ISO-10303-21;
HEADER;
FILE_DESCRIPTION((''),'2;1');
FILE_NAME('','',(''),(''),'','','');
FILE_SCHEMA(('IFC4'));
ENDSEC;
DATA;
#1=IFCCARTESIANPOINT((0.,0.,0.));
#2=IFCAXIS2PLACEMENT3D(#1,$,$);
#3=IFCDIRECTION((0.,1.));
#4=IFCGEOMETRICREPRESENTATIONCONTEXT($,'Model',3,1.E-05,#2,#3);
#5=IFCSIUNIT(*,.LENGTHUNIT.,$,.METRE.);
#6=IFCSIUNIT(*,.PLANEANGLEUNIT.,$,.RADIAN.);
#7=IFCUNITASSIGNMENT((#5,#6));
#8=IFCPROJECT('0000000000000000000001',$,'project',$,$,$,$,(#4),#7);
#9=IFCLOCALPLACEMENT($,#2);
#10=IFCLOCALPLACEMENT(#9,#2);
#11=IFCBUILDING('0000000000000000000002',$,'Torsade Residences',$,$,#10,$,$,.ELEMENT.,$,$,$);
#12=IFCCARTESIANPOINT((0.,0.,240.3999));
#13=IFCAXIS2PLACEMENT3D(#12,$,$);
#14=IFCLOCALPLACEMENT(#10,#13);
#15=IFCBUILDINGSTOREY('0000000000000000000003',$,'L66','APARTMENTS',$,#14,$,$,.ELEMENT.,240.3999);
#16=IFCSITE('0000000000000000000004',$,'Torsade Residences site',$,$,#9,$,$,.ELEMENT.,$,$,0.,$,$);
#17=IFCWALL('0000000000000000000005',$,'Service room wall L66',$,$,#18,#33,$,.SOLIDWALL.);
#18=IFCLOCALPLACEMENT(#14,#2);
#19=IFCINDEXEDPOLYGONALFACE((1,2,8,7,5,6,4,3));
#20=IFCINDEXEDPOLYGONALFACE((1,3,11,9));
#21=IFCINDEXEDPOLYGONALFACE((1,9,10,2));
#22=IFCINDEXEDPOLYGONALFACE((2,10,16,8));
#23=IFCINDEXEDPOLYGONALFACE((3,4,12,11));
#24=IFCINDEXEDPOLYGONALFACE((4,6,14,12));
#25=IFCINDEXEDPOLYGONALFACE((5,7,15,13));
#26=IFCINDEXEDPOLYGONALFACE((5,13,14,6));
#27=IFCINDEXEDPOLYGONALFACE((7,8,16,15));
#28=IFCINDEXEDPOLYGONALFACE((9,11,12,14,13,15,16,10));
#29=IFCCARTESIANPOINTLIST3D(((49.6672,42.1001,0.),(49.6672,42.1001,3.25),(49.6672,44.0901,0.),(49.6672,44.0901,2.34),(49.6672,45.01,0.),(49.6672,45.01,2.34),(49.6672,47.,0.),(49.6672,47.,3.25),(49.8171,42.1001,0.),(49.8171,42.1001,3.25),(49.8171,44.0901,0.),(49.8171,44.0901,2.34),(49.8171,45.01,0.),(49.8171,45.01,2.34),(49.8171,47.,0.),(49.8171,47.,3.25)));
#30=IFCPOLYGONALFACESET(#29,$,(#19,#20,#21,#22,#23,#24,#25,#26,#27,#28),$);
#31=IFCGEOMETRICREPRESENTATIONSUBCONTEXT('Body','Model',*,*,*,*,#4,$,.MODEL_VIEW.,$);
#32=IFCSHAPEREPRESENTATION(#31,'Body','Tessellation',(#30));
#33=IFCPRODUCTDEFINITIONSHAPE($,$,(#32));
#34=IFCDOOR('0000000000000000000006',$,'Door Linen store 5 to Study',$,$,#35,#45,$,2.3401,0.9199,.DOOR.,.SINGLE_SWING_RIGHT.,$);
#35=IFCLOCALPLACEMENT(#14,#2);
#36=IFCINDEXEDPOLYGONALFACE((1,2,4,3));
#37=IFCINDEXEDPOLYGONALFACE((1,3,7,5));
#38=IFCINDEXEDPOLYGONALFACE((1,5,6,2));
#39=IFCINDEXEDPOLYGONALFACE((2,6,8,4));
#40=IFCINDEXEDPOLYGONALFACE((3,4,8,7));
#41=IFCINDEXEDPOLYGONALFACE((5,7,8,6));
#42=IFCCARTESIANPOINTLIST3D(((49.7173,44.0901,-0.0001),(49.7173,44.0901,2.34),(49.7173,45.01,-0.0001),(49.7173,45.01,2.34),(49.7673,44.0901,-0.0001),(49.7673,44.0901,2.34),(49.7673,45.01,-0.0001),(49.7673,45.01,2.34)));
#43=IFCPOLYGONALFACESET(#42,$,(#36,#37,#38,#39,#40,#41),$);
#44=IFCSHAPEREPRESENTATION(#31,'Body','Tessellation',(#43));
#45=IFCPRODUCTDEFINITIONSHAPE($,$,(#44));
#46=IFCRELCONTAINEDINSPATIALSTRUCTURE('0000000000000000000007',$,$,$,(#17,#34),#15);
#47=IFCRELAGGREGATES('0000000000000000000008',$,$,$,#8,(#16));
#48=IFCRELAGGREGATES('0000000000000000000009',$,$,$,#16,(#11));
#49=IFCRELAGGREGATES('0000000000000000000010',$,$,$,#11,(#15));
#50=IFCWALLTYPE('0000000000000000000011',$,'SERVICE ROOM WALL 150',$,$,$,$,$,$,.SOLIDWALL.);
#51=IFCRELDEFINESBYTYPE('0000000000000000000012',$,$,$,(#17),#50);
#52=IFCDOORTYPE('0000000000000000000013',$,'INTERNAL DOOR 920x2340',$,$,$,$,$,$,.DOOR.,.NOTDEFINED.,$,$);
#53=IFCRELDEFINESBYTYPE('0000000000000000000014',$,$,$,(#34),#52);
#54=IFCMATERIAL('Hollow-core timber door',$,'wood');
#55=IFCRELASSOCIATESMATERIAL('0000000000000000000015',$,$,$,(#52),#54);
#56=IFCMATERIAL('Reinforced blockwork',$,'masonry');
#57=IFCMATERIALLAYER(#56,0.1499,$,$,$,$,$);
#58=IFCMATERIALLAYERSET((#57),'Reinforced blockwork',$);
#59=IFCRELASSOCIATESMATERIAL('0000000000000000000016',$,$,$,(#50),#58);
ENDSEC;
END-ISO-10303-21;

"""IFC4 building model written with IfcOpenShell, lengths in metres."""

from ifc_helpers import new_model, si_unit, direction, frame, frame_2d, origin, place, context, subcontext, project, spatial, rectangle, extrude, material, layer, layer_set, type_object, element, fill, save


model = new_model("IFC4")

# Units and contexts
model_context = context("Model", 3, precision=1e-05, world=origin(), true_north=direction((0.0, 1.0)))
body_context = subcontext(model_context, "Body", "Model", "MODEL_VIEW")
ifc_project = project(units=[si_unit("LENGTHUNIT", "METRE"), si_unit("PLANEANGLEUNIT", "RADIAN")], contexts=[model_context])

# Site, building, storey
site_placement = place(None, origin())
site = spatial("IfcSite", under=ifc_project, at=site_placement, Name="Torsade Residences site", CompositionType="ELEMENT", RefElevation=0.0)
building_placement = place(site_placement, origin())
building = spatial("IfcBuilding", under=site, at=building_placement, Name="Torsade Residences", CompositionType="ELEMENT")
storey_placement = place(building_placement, frame((0.0, 0.0, 240.3999)))
storey = spatial("IfcBuildingStorey", under=building, at=storey_placement, Name="L66", Description="APARTMENTS", CompositionType="ELEMENT", Elevation=240.3999)

# Shared definitions
ifc_material_1 = material(Name="Hollow-core timber door", Category="wood")
door_type = type_object("IfcDoorType", Name="INTERNAL DOOR 920x2340", OperationType="NOTDEFINED", PredefinedType="DOOR", material=ifc_material_1)

# Wall, opening, door
ifc_material_2 = material(Name="Reinforced blockwork", Category="masonry")
ifc_layer_1 = layer(ifc_material_2, 0.1499)
ifc_layer_set_1 = layer_set([ifc_layer_1], Name="Reinforced blockwork")
wall_type_1 = type_object("IfcWallType", Name="SERVICE ROOM WALL 150", PredefinedType="SOLIDWALL", material=ifc_layer_set_1)
wall_1_placement = place(storey_placement, frame((49.7422, 42.1001, 0.0), z_axis=(0.0, 0.0, 1.0), x_axis=(0.0, 1.0, 0.0)))
wall_1 = element("IfcWall", 1, at=wall_1_placement, inside=storey, type_object=wall_type_1, Name="Service room wall L66", PredefinedType="SOLIDWALL", context=body_context, shape_type="SweptSolid", body=[
    extrude(rectangle(XDim=4.8999, YDim=0.1499, at=frame_2d((2.45, 0.0))), origin(), (0.0, 0.0, 1.0), 3.25),
])
opening_1_placement = place(wall_1_placement, frame((1.99, 0.0, 0.0)))
opening_1 = element("IfcOpeningElement", 2, at=opening_1_placement, cuts=wall_1, PredefinedType="OPENING", context=body_context, shape_type="SweptSolid", body=[
    extrude(rectangle(XDim=0.9199, YDim=2.3401, at=frame_2d((0.46, 1.1699))), frame((0.0, 0.085, 0.0), z_axis=(0.0, -1.0, 0.0), x_axis=(1.0, 0.0, 0.0)), (0.0, 0.0, 1.0), 0.1699),
])
door_1_placement = place(opening_1_placement, origin())
door_1 = element("IfcDoor", 3, at=door_1_placement, inside=storey, type_object=door_type, Name="Door Linen store 5 to Study", OperationType="SINGLE_SWING_RIGHT", OverallHeight=2.3401, OverallWidth=0.9199, PredefinedType="DOOR", context=body_context, shape_type="SweptSolid", body=[
    extrude(rectangle(XDim=0.9199, YDim=2.3401, at=frame_2d((0.46, 1.1699))), frame((0.0, 0.0249, 0.0), z_axis=(0.0, -1.0, 0.0), x_axis=(1.0, 0.0, 0.0)), (0.0, 0.0, 1.0), 0.05),
])
fill(opening_1, door_1)

save(model, "model.ifc")
